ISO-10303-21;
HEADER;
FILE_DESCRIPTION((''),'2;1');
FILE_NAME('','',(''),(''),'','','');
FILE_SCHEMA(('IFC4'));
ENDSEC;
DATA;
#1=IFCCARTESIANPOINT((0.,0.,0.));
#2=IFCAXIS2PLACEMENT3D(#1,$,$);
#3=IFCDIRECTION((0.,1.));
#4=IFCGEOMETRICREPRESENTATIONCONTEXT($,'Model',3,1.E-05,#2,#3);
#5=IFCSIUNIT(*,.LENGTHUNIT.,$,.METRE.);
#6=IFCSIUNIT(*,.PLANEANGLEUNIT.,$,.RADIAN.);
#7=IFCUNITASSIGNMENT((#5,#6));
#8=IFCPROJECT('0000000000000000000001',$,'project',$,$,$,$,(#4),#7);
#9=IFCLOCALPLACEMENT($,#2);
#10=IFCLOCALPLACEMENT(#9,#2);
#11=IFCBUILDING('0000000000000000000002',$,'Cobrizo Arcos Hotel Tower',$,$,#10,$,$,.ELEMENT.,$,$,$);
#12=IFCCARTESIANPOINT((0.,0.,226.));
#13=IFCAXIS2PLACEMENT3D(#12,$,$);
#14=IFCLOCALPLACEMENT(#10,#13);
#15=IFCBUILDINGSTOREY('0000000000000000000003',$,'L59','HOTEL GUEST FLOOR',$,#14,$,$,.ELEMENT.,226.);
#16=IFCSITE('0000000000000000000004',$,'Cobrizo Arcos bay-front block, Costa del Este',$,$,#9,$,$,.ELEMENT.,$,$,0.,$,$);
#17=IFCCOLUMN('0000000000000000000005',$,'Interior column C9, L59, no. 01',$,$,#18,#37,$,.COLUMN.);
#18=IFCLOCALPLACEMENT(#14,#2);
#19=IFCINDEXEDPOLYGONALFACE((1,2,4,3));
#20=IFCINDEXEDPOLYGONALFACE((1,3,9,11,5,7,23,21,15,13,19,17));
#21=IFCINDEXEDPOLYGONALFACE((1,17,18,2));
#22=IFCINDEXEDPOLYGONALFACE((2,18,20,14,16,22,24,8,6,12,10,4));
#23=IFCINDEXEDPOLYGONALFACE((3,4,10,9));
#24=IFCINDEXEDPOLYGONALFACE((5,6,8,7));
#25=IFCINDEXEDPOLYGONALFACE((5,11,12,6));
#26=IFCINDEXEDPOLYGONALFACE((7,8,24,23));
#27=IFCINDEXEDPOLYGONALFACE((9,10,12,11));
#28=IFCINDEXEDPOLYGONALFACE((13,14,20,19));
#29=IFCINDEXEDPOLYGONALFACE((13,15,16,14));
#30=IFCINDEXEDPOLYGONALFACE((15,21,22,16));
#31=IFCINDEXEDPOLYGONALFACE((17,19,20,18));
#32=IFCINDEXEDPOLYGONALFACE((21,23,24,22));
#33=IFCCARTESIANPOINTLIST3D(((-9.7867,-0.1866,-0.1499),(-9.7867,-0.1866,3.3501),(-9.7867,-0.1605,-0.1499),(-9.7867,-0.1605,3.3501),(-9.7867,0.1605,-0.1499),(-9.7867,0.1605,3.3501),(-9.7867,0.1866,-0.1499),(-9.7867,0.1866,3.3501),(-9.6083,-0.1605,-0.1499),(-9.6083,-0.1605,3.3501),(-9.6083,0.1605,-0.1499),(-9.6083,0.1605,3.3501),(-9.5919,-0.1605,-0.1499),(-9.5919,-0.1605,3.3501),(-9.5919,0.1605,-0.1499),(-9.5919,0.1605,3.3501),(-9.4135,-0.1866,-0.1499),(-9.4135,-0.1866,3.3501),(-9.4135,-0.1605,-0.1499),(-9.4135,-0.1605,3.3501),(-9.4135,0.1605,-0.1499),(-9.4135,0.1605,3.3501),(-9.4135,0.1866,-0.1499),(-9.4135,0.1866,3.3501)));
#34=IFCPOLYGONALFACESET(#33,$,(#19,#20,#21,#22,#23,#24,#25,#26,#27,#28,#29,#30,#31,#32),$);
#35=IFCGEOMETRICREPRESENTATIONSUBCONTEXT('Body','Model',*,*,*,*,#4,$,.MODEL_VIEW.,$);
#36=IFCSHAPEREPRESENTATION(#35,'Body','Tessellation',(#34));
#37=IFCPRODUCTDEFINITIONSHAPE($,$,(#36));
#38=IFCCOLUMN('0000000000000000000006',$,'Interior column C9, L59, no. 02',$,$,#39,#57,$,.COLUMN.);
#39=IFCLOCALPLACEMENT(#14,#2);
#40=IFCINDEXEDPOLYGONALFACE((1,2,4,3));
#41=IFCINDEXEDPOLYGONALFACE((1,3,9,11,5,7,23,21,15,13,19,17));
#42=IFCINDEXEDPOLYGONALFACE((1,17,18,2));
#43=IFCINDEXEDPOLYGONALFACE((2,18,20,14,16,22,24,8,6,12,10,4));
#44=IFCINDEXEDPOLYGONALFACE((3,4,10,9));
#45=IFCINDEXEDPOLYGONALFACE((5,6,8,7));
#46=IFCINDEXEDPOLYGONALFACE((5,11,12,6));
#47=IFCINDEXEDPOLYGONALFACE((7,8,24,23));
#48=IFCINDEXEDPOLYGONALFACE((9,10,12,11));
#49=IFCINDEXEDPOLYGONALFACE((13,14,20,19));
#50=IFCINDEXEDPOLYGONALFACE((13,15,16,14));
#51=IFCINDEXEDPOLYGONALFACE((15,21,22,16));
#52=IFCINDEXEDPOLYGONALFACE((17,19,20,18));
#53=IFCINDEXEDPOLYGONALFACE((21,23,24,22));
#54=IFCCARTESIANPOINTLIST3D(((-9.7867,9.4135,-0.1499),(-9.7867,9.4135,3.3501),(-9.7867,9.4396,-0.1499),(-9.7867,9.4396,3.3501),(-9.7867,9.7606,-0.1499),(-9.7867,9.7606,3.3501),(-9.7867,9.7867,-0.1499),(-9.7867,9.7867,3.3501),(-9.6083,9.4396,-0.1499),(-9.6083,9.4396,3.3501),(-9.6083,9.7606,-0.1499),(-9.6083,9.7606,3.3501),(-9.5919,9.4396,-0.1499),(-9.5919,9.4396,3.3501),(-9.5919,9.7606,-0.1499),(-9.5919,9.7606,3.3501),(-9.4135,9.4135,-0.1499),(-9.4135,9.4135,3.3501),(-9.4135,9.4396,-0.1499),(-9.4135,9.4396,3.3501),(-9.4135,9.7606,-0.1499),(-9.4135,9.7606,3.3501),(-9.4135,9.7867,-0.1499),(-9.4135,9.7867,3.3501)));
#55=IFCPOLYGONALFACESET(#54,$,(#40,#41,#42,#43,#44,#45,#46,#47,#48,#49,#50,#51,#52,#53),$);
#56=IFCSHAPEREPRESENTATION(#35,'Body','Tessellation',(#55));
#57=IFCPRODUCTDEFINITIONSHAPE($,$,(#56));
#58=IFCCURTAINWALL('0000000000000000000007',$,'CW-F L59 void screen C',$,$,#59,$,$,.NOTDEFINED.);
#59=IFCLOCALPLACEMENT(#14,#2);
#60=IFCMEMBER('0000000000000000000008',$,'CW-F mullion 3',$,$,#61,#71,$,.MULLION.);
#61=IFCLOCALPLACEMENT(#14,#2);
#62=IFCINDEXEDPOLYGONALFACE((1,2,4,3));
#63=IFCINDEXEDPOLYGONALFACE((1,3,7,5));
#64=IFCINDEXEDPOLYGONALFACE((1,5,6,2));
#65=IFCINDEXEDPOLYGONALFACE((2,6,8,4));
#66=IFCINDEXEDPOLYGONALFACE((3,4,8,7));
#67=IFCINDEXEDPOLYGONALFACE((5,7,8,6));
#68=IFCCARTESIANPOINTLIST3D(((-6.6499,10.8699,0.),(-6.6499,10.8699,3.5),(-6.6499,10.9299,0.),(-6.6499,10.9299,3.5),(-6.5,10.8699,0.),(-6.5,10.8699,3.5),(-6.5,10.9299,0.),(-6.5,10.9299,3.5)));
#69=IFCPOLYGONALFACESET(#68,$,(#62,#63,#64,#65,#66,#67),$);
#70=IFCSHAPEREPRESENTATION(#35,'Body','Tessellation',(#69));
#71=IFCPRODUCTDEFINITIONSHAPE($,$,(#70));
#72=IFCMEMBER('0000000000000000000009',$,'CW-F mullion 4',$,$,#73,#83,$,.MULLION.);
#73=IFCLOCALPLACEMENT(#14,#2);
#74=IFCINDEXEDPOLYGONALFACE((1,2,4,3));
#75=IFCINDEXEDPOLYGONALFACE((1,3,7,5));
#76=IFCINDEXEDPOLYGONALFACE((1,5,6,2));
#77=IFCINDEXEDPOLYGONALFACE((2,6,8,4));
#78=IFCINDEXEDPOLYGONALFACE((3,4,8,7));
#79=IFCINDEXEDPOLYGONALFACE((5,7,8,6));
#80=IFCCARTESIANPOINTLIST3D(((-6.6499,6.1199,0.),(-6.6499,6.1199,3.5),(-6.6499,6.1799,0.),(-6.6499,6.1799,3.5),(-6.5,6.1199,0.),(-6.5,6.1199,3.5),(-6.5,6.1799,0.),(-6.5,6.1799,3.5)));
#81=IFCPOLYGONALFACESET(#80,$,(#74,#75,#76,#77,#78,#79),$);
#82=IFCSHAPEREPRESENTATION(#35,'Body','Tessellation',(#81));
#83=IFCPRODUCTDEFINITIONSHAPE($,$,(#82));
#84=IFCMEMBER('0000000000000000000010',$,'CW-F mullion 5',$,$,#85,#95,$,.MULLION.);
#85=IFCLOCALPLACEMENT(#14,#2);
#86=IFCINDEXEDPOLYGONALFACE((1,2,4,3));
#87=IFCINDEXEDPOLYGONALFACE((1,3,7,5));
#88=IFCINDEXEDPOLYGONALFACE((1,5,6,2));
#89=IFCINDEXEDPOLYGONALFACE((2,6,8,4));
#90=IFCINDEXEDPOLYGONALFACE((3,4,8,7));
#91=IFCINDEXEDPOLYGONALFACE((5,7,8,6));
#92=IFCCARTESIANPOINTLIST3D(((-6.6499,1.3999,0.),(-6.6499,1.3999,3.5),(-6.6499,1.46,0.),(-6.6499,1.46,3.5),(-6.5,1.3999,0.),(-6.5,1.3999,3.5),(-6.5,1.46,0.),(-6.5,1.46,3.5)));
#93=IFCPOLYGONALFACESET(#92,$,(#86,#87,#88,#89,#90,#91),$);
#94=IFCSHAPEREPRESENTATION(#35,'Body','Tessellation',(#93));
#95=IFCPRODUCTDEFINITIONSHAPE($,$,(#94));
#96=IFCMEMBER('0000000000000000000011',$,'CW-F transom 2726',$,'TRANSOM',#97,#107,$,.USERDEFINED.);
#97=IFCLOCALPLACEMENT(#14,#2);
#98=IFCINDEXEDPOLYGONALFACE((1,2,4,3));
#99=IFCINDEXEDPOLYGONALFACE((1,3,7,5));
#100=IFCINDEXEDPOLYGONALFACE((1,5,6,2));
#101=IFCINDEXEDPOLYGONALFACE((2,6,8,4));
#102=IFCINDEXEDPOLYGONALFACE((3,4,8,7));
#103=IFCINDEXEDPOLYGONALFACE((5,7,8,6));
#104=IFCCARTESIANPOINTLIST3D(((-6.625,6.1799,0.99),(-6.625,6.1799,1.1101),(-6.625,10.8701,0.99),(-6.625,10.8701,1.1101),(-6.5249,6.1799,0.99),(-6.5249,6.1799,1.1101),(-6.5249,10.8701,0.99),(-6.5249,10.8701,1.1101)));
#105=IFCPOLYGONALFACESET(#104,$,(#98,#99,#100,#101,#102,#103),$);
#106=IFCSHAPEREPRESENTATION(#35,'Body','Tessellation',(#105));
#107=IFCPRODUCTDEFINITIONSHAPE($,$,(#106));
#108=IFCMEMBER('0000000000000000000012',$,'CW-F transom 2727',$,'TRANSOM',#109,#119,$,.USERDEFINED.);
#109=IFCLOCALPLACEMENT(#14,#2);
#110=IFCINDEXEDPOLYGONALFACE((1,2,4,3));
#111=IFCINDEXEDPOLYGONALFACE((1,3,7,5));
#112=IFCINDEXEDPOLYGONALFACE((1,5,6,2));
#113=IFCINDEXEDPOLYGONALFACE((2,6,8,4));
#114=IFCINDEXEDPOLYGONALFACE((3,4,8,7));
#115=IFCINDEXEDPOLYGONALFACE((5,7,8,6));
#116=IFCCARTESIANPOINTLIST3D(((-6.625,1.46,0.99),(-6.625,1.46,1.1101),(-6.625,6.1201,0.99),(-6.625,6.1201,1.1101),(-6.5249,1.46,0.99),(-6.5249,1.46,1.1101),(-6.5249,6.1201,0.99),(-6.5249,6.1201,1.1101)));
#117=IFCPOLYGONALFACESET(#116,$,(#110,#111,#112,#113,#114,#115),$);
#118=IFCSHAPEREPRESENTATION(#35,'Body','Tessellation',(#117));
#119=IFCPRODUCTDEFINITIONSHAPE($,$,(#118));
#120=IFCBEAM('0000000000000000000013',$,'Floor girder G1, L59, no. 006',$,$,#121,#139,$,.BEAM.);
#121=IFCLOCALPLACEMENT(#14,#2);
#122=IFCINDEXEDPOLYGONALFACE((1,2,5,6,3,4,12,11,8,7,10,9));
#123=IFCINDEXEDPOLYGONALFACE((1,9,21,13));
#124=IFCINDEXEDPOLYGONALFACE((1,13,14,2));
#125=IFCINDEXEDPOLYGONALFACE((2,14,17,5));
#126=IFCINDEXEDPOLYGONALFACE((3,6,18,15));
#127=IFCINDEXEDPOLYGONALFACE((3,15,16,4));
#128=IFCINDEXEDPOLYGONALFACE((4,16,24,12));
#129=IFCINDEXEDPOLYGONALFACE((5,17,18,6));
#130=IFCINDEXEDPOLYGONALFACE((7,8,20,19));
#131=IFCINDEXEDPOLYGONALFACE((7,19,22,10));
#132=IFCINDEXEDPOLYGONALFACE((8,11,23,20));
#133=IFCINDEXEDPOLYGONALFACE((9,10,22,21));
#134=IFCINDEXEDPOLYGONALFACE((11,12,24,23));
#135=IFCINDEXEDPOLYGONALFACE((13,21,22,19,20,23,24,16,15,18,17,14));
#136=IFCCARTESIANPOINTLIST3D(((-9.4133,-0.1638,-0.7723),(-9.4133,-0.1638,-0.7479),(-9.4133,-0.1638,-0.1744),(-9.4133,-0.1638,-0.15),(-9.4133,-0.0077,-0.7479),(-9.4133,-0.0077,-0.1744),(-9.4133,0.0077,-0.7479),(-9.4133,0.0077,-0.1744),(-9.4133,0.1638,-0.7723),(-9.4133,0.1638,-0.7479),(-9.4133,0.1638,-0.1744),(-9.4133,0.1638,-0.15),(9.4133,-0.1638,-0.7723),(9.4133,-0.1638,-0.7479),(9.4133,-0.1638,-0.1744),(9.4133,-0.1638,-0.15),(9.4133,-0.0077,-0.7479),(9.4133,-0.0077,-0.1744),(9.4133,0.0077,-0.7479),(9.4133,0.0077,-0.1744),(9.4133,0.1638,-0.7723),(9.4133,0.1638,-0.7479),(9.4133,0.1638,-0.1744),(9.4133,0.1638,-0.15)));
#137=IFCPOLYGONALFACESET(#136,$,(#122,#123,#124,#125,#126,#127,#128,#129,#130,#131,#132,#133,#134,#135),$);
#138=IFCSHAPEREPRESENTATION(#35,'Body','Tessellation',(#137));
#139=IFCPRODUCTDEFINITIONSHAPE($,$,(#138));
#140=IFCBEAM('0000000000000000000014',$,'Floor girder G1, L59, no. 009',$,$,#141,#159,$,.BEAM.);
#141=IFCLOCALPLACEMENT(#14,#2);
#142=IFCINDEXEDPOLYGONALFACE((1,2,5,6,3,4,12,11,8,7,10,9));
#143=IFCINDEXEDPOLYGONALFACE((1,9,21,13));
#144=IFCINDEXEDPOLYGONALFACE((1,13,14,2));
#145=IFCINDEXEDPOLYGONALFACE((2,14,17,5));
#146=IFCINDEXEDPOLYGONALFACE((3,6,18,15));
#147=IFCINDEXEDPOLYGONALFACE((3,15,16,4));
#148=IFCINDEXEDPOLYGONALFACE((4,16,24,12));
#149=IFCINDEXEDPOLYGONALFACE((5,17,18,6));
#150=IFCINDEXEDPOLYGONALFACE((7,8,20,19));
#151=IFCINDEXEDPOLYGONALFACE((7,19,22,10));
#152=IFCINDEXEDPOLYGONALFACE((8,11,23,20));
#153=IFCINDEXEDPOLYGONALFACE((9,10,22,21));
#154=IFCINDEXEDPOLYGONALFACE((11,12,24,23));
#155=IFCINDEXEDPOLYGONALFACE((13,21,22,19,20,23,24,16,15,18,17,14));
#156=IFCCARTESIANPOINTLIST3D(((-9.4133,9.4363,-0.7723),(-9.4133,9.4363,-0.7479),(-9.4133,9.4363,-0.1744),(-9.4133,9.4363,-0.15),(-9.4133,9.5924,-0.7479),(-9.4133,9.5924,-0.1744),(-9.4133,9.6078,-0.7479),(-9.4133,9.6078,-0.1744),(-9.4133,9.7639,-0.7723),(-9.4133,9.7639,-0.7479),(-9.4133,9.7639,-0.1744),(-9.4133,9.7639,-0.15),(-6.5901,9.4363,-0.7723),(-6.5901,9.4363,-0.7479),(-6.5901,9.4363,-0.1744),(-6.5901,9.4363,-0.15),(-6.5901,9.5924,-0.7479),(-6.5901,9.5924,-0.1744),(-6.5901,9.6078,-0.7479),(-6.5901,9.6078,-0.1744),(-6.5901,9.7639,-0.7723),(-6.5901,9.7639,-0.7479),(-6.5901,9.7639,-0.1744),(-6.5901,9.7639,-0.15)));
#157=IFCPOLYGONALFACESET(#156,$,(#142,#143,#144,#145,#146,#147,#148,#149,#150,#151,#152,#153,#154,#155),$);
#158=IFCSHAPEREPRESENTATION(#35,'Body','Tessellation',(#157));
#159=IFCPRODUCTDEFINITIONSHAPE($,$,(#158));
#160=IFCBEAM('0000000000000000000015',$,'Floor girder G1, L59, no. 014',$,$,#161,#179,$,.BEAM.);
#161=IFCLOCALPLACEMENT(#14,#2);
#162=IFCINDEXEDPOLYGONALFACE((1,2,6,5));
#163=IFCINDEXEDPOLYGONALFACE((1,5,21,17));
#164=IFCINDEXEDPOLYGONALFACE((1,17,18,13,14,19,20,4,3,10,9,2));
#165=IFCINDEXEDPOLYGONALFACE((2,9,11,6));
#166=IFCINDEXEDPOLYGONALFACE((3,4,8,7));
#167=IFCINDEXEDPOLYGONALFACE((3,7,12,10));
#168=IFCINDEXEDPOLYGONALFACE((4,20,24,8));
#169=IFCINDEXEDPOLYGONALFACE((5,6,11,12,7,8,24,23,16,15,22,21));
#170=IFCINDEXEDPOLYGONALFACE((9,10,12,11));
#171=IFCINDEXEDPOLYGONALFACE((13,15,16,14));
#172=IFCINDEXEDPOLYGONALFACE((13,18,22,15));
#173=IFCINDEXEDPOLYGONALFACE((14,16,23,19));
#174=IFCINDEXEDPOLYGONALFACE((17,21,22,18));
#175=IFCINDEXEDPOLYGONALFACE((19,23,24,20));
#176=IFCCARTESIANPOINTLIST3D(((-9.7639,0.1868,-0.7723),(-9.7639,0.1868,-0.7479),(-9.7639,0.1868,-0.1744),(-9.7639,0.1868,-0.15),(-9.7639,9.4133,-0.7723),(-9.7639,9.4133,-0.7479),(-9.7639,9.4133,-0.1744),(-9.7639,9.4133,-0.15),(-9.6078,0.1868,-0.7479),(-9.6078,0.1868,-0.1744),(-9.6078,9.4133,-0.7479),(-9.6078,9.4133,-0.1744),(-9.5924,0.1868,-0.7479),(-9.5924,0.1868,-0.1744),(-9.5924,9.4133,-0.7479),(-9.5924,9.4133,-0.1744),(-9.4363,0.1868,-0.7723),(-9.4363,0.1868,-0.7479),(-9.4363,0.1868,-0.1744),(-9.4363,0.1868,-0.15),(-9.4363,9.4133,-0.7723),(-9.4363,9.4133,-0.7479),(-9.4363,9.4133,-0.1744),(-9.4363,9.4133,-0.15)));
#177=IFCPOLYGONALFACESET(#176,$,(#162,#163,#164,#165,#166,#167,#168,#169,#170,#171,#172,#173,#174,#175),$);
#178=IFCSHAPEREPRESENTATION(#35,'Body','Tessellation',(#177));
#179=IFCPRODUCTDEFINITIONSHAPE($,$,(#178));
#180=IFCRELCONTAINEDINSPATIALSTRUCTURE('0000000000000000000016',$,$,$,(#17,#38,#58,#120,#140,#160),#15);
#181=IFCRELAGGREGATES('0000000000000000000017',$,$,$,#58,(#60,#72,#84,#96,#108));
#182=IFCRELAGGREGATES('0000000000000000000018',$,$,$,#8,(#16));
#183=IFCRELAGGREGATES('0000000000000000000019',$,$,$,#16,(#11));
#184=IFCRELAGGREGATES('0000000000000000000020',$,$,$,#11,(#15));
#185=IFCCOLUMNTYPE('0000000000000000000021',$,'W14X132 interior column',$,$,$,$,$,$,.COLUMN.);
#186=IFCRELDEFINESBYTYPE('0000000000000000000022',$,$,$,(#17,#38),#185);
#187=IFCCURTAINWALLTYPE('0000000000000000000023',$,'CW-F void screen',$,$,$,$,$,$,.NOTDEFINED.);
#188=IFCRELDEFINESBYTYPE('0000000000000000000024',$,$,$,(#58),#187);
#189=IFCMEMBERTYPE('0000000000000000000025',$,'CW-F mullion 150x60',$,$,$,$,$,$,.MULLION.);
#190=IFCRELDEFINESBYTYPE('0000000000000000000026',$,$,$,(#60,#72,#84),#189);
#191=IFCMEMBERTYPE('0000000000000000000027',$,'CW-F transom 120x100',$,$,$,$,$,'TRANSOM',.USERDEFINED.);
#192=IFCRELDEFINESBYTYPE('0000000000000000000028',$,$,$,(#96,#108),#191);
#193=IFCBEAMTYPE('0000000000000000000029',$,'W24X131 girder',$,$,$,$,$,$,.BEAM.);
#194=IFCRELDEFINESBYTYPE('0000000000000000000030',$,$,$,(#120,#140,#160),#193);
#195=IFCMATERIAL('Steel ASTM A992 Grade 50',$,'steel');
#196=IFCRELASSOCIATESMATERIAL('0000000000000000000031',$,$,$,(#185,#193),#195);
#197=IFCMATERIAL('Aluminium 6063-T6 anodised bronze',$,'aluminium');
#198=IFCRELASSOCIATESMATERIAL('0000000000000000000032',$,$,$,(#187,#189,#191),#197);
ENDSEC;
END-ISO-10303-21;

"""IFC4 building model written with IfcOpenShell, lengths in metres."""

from ifc_helpers import new_model, si_unit, direction, frame, origin, origin_2d, place, context, subcontext, project, spatial, rectangle, i_section, extrude, material, material_profile, profile_set, type_object, element, aggregate, save


model = new_model("IFC4")

# Units and contexts
model_context = context("Model", 3, precision=1e-05, world=origin(), true_north=direction((0.0, 1.0)))
body_context = subcontext(model_context, "Body", "Model", "MODEL_VIEW")
ifc_project = project(units=[si_unit("LENGTHUNIT", "METRE"), si_unit("PLANEANGLEUNIT", "RADIAN")], contexts=[model_context])

# Site, building, storey
site_placement = place(None, origin())
site = spatial("IfcSite", under=ifc_project, at=site_placement, Name="Cobrizo Arcos bay-front block, Costa del Este", CompositionType="ELEMENT", RefElevation=0.0)
building_placement = place(site_placement, origin())
building = spatial("IfcBuilding", under=site, at=building_placement, Name="Cobrizo Arcos Hotel Tower", CompositionType="ELEMENT")
storey_placement = place(building_placement, frame((0.0, 0.0, 226.0)))
storey = spatial("IfcBuildingStorey", under=building, at=storey_placement, Name="L59", Description="HOTEL GUEST FLOOR", CompositionType="ELEMENT", Elevation=226.0)

# Columns
ifc_material_1 = material(Name="Steel ASTM A992 Grade 50", Category="steel")
ifc_material_profile_1 = material_profile(ifc_material_1, i_section(OverallWidth=0.3733, OverallDepth=0.3733, WebThickness=0.0164, FlangeThickness=0.0261, at=origin_2d()), Name="W14X132")
ifc_profile_set_1 = profile_set([ifc_material_profile_1], Name="Steel ASTM A992 Grade 50")
column_type = type_object("IfcColumnType", Name="W14X132 interior column", PredefinedType="COLUMN", material=ifc_profile_set_1)
for number, where, z_axis, x_axis, name in (
    (1, (-9.6001, 0.0, -0.1499), (0.0, 0.0, 1.0), (1.0, 0.0, 0.0), "Interior column C9, L59, no. 01"),
    (2, (-9.6001, 9.6001, -0.1499), (0.0, 0.0, 1.0), (1.0, 0.0, 0.0), "Interior column C9, L59, no. 02"),
):
    element("IfcColumn", number, at=place(storey_placement, frame(where, z_axis=z_axis, x_axis=x_axis)), inside=storey, type_object=column_type, Name=name, PredefinedType="COLUMN", context=body_context, shape_type="SweptSolid", body=[
        extrude(i_section(OverallWidth=0.3733, OverallDepth=0.3733, WebThickness=0.0164, FlangeThickness=0.0261, at=origin_2d()), origin(), (0.0, 0.0, 1.0), 3.5),
    ])

# Curtain wall, members
ifc_material_2 = material(Name="Aluminium 6063-T6 anodised bronze", Category="aluminium")
curtain_wall_type = type_object("IfcCurtainWallType", Name="CW-F void screen", PredefinedType="NOTDEFINED", material=ifc_material_2)
curtain_wall_placement = place(storey_placement, origin())
curtain_wall = element("IfcCurtainWall", 3, at=curtain_wall_placement, inside=storey, type_object=curtain_wall_type, Name="CW-F L59 void screen C", PredefinedType="NOTDEFINED")
ifc_material_profile_2 = material_profile(ifc_material_2, rectangle(XDim=0.1499, YDim=0.0601, at=origin_2d()), Name="CW-F mullion 150x60")
ifc_profile_set_2 = profile_set([ifc_material_profile_2], Name="Aluminium 6063-T6 anodised bronze")
member_type_1 = type_object("IfcMemberType", Name="CW-F mullion 150x60", PredefinedType="MULLION", material=ifc_profile_set_2)
member_1_placement = place(storey_placement, frame((-6.575, 10.8999, 0.0), z_axis=(0.0, 0.0, 1.0), x_axis=(-1.0, 0.0, 0.0)))
member_1 = element("IfcMember", 4, at=member_1_placement, type_object=member_type_1, Name="CW-F mullion 3", PredefinedType="MULLION", context=body_context, shape_type="SweptSolid", body=[
    extrude(rectangle(XDim=0.1499, YDim=0.0601, at=origin_2d()), origin(), (0.0, 0.0, 1.0), 3.5),
])
member_2_placement = place(storey_placement, frame((-6.575, 6.1499, 0.0), z_axis=(0.0, 0.0, 1.0), x_axis=(-1.0, 0.0, 0.0)))
member_2 = element("IfcMember", 5, at=member_2_placement, type_object=member_type_1, Name="CW-F mullion 4", PredefinedType="MULLION", context=body_context, shape_type="SweptSolid", body=[
    extrude(rectangle(XDim=0.1499, YDim=0.0601, at=origin_2d()), origin(), (0.0, 0.0, 1.0), 3.5),
])
member_3_placement = place(storey_placement, frame((-6.575, 1.4299, 0.0), z_axis=(0.0, 0.0, 1.0), x_axis=(-1.0, 0.0, 0.0)))
member_3 = element("IfcMember", 6, at=member_3_placement, type_object=member_type_1, Name="CW-F mullion 5", PredefinedType="MULLION", context=body_context, shape_type="SweptSolid", body=[
    extrude(rectangle(XDim=0.1499, YDim=0.0601, at=origin_2d()), origin(), (0.0, 0.0, 1.0), 3.5),
])
ifc_material_profile_3 = material_profile(ifc_material_2, rectangle(XDim=0.1001, YDim=0.1201, at=origin_2d()), Name="CW-F transom 120x100")
ifc_profile_set_3 = profile_set([ifc_material_profile_3], Name="Aluminium 6063-T6 anodised bronze")
member_type_2 = type_object("IfcMemberType", Name="CW-F transom 120x100", ElementType="TRANSOM", PredefinedType="USERDEFINED", material=ifc_profile_set_3)
member_4_placement = place(storey_placement, frame((-6.575, 10.8701, 1.05), z_axis=(0.0, -1.0, 0.0), x_axis=(1.0, 0.0, 0.0)))
member_4 = element("IfcMember", 7, at=member_4_placement, type_object=member_type_2, Name="CW-F transom 2726", ObjectType="TRANSOM", PredefinedType="USERDEFINED", context=body_context, shape_type="SweptSolid", body=[
    extrude(rectangle(XDim=0.1001, YDim=0.1201, at=origin_2d()), origin(), (0.0, 0.0, 1.0), 4.6902),
])
member_5_placement = place(storey_placement, frame((-6.575, 6.1201, 1.05), z_axis=(0.0, -1.0, 0.0), x_axis=(1.0, 0.0, 0.0)))
member_5 = element("IfcMember", 8, at=member_5_placement, type_object=member_type_2, Name="CW-F transom 2727", ObjectType="TRANSOM", PredefinedType="USERDEFINED", context=body_context, shape_type="SweptSolid", body=[
    extrude(rectangle(XDim=0.1001, YDim=0.1201, at=origin_2d()), origin(), (0.0, 0.0, 1.0), 4.6602),
])

# Beams
ifc_material_profile_4 = material_profile(ifc_material_1, i_section(OverallWidth=0.3276, OverallDepth=0.6223, WebThickness=0.0154, FlangeThickness=0.0244, at=origin_2d()), Name="W24X131")
ifc_profile_set_4 = profile_set([ifc_material_profile_4], Name="Steel ASTM A992 Grade 50")
beam_type_1 = type_object("IfcBeamType", Name="W24X131 girder", PredefinedType="BEAM", material=ifc_profile_set_4)
beam_1_placement = place(storey_placement, frame((-9.4133, 0.0, -0.4612), z_axis=(1.0, 0.0, 0.0), x_axis=(0.0, 1.0, 0.0)))
element("IfcBeam", 9, at=beam_1_placement, inside=storey, type_object=beam_type_1, Name="Floor girder G1, L59, no. 006", PredefinedType="BEAM", context=body_context, shape_type="SweptSolid", body=[
    extrude(i_section(OverallWidth=0.3276, OverallDepth=0.6223, WebThickness=0.0154, FlangeThickness=0.0244, at=origin_2d()), origin(), (0.0, 0.0, 1.0), 18.8267),
])
beam_2_placement = place(storey_placement, frame((-9.4133, 9.6001, -0.4612), z_axis=(1.0, 0.0, 0.0), x_axis=(0.0, 1.0, 0.0)))
element("IfcBeam", 10, at=beam_2_placement, inside=storey, type_object=beam_type_1, Name="Floor girder G1, L59, no. 009", PredefinedType="BEAM", context=body_context, shape_type="SweptSolid", body=[
    extrude(i_section(OverallWidth=0.3276, OverallDepth=0.6223, WebThickness=0.0154, FlangeThickness=0.0244, at=origin_2d()), origin(), (0.0, 0.0, 1.0), 2.8232),
])
beam_3_placement = place(storey_placement, frame((-9.6001, 0.1868, -0.4612), z_axis=(0.0, 1.0, 0.0), x_axis=(-1.0, 0.0, 0.0)))
element("IfcBeam", 11, at=beam_3_placement, inside=storey, type_object=beam_type_1, Name="Floor girder G1, L59, no. 014", PredefinedType="BEAM", context=body_context, shape_type="SweptSolid", body=[
    extrude(i_section(OverallWidth=0.3276, OverallDepth=0.6223, WebThickness=0.0154, FlangeThickness=0.0244, at=origin_2d()), origin(), (0.0, 0.0, 1.0), 9.2266),
])

aggregate(curtain_wall, [member_1, member_2, member_3, member_4, member_5])

save(model, "model.ifc")
